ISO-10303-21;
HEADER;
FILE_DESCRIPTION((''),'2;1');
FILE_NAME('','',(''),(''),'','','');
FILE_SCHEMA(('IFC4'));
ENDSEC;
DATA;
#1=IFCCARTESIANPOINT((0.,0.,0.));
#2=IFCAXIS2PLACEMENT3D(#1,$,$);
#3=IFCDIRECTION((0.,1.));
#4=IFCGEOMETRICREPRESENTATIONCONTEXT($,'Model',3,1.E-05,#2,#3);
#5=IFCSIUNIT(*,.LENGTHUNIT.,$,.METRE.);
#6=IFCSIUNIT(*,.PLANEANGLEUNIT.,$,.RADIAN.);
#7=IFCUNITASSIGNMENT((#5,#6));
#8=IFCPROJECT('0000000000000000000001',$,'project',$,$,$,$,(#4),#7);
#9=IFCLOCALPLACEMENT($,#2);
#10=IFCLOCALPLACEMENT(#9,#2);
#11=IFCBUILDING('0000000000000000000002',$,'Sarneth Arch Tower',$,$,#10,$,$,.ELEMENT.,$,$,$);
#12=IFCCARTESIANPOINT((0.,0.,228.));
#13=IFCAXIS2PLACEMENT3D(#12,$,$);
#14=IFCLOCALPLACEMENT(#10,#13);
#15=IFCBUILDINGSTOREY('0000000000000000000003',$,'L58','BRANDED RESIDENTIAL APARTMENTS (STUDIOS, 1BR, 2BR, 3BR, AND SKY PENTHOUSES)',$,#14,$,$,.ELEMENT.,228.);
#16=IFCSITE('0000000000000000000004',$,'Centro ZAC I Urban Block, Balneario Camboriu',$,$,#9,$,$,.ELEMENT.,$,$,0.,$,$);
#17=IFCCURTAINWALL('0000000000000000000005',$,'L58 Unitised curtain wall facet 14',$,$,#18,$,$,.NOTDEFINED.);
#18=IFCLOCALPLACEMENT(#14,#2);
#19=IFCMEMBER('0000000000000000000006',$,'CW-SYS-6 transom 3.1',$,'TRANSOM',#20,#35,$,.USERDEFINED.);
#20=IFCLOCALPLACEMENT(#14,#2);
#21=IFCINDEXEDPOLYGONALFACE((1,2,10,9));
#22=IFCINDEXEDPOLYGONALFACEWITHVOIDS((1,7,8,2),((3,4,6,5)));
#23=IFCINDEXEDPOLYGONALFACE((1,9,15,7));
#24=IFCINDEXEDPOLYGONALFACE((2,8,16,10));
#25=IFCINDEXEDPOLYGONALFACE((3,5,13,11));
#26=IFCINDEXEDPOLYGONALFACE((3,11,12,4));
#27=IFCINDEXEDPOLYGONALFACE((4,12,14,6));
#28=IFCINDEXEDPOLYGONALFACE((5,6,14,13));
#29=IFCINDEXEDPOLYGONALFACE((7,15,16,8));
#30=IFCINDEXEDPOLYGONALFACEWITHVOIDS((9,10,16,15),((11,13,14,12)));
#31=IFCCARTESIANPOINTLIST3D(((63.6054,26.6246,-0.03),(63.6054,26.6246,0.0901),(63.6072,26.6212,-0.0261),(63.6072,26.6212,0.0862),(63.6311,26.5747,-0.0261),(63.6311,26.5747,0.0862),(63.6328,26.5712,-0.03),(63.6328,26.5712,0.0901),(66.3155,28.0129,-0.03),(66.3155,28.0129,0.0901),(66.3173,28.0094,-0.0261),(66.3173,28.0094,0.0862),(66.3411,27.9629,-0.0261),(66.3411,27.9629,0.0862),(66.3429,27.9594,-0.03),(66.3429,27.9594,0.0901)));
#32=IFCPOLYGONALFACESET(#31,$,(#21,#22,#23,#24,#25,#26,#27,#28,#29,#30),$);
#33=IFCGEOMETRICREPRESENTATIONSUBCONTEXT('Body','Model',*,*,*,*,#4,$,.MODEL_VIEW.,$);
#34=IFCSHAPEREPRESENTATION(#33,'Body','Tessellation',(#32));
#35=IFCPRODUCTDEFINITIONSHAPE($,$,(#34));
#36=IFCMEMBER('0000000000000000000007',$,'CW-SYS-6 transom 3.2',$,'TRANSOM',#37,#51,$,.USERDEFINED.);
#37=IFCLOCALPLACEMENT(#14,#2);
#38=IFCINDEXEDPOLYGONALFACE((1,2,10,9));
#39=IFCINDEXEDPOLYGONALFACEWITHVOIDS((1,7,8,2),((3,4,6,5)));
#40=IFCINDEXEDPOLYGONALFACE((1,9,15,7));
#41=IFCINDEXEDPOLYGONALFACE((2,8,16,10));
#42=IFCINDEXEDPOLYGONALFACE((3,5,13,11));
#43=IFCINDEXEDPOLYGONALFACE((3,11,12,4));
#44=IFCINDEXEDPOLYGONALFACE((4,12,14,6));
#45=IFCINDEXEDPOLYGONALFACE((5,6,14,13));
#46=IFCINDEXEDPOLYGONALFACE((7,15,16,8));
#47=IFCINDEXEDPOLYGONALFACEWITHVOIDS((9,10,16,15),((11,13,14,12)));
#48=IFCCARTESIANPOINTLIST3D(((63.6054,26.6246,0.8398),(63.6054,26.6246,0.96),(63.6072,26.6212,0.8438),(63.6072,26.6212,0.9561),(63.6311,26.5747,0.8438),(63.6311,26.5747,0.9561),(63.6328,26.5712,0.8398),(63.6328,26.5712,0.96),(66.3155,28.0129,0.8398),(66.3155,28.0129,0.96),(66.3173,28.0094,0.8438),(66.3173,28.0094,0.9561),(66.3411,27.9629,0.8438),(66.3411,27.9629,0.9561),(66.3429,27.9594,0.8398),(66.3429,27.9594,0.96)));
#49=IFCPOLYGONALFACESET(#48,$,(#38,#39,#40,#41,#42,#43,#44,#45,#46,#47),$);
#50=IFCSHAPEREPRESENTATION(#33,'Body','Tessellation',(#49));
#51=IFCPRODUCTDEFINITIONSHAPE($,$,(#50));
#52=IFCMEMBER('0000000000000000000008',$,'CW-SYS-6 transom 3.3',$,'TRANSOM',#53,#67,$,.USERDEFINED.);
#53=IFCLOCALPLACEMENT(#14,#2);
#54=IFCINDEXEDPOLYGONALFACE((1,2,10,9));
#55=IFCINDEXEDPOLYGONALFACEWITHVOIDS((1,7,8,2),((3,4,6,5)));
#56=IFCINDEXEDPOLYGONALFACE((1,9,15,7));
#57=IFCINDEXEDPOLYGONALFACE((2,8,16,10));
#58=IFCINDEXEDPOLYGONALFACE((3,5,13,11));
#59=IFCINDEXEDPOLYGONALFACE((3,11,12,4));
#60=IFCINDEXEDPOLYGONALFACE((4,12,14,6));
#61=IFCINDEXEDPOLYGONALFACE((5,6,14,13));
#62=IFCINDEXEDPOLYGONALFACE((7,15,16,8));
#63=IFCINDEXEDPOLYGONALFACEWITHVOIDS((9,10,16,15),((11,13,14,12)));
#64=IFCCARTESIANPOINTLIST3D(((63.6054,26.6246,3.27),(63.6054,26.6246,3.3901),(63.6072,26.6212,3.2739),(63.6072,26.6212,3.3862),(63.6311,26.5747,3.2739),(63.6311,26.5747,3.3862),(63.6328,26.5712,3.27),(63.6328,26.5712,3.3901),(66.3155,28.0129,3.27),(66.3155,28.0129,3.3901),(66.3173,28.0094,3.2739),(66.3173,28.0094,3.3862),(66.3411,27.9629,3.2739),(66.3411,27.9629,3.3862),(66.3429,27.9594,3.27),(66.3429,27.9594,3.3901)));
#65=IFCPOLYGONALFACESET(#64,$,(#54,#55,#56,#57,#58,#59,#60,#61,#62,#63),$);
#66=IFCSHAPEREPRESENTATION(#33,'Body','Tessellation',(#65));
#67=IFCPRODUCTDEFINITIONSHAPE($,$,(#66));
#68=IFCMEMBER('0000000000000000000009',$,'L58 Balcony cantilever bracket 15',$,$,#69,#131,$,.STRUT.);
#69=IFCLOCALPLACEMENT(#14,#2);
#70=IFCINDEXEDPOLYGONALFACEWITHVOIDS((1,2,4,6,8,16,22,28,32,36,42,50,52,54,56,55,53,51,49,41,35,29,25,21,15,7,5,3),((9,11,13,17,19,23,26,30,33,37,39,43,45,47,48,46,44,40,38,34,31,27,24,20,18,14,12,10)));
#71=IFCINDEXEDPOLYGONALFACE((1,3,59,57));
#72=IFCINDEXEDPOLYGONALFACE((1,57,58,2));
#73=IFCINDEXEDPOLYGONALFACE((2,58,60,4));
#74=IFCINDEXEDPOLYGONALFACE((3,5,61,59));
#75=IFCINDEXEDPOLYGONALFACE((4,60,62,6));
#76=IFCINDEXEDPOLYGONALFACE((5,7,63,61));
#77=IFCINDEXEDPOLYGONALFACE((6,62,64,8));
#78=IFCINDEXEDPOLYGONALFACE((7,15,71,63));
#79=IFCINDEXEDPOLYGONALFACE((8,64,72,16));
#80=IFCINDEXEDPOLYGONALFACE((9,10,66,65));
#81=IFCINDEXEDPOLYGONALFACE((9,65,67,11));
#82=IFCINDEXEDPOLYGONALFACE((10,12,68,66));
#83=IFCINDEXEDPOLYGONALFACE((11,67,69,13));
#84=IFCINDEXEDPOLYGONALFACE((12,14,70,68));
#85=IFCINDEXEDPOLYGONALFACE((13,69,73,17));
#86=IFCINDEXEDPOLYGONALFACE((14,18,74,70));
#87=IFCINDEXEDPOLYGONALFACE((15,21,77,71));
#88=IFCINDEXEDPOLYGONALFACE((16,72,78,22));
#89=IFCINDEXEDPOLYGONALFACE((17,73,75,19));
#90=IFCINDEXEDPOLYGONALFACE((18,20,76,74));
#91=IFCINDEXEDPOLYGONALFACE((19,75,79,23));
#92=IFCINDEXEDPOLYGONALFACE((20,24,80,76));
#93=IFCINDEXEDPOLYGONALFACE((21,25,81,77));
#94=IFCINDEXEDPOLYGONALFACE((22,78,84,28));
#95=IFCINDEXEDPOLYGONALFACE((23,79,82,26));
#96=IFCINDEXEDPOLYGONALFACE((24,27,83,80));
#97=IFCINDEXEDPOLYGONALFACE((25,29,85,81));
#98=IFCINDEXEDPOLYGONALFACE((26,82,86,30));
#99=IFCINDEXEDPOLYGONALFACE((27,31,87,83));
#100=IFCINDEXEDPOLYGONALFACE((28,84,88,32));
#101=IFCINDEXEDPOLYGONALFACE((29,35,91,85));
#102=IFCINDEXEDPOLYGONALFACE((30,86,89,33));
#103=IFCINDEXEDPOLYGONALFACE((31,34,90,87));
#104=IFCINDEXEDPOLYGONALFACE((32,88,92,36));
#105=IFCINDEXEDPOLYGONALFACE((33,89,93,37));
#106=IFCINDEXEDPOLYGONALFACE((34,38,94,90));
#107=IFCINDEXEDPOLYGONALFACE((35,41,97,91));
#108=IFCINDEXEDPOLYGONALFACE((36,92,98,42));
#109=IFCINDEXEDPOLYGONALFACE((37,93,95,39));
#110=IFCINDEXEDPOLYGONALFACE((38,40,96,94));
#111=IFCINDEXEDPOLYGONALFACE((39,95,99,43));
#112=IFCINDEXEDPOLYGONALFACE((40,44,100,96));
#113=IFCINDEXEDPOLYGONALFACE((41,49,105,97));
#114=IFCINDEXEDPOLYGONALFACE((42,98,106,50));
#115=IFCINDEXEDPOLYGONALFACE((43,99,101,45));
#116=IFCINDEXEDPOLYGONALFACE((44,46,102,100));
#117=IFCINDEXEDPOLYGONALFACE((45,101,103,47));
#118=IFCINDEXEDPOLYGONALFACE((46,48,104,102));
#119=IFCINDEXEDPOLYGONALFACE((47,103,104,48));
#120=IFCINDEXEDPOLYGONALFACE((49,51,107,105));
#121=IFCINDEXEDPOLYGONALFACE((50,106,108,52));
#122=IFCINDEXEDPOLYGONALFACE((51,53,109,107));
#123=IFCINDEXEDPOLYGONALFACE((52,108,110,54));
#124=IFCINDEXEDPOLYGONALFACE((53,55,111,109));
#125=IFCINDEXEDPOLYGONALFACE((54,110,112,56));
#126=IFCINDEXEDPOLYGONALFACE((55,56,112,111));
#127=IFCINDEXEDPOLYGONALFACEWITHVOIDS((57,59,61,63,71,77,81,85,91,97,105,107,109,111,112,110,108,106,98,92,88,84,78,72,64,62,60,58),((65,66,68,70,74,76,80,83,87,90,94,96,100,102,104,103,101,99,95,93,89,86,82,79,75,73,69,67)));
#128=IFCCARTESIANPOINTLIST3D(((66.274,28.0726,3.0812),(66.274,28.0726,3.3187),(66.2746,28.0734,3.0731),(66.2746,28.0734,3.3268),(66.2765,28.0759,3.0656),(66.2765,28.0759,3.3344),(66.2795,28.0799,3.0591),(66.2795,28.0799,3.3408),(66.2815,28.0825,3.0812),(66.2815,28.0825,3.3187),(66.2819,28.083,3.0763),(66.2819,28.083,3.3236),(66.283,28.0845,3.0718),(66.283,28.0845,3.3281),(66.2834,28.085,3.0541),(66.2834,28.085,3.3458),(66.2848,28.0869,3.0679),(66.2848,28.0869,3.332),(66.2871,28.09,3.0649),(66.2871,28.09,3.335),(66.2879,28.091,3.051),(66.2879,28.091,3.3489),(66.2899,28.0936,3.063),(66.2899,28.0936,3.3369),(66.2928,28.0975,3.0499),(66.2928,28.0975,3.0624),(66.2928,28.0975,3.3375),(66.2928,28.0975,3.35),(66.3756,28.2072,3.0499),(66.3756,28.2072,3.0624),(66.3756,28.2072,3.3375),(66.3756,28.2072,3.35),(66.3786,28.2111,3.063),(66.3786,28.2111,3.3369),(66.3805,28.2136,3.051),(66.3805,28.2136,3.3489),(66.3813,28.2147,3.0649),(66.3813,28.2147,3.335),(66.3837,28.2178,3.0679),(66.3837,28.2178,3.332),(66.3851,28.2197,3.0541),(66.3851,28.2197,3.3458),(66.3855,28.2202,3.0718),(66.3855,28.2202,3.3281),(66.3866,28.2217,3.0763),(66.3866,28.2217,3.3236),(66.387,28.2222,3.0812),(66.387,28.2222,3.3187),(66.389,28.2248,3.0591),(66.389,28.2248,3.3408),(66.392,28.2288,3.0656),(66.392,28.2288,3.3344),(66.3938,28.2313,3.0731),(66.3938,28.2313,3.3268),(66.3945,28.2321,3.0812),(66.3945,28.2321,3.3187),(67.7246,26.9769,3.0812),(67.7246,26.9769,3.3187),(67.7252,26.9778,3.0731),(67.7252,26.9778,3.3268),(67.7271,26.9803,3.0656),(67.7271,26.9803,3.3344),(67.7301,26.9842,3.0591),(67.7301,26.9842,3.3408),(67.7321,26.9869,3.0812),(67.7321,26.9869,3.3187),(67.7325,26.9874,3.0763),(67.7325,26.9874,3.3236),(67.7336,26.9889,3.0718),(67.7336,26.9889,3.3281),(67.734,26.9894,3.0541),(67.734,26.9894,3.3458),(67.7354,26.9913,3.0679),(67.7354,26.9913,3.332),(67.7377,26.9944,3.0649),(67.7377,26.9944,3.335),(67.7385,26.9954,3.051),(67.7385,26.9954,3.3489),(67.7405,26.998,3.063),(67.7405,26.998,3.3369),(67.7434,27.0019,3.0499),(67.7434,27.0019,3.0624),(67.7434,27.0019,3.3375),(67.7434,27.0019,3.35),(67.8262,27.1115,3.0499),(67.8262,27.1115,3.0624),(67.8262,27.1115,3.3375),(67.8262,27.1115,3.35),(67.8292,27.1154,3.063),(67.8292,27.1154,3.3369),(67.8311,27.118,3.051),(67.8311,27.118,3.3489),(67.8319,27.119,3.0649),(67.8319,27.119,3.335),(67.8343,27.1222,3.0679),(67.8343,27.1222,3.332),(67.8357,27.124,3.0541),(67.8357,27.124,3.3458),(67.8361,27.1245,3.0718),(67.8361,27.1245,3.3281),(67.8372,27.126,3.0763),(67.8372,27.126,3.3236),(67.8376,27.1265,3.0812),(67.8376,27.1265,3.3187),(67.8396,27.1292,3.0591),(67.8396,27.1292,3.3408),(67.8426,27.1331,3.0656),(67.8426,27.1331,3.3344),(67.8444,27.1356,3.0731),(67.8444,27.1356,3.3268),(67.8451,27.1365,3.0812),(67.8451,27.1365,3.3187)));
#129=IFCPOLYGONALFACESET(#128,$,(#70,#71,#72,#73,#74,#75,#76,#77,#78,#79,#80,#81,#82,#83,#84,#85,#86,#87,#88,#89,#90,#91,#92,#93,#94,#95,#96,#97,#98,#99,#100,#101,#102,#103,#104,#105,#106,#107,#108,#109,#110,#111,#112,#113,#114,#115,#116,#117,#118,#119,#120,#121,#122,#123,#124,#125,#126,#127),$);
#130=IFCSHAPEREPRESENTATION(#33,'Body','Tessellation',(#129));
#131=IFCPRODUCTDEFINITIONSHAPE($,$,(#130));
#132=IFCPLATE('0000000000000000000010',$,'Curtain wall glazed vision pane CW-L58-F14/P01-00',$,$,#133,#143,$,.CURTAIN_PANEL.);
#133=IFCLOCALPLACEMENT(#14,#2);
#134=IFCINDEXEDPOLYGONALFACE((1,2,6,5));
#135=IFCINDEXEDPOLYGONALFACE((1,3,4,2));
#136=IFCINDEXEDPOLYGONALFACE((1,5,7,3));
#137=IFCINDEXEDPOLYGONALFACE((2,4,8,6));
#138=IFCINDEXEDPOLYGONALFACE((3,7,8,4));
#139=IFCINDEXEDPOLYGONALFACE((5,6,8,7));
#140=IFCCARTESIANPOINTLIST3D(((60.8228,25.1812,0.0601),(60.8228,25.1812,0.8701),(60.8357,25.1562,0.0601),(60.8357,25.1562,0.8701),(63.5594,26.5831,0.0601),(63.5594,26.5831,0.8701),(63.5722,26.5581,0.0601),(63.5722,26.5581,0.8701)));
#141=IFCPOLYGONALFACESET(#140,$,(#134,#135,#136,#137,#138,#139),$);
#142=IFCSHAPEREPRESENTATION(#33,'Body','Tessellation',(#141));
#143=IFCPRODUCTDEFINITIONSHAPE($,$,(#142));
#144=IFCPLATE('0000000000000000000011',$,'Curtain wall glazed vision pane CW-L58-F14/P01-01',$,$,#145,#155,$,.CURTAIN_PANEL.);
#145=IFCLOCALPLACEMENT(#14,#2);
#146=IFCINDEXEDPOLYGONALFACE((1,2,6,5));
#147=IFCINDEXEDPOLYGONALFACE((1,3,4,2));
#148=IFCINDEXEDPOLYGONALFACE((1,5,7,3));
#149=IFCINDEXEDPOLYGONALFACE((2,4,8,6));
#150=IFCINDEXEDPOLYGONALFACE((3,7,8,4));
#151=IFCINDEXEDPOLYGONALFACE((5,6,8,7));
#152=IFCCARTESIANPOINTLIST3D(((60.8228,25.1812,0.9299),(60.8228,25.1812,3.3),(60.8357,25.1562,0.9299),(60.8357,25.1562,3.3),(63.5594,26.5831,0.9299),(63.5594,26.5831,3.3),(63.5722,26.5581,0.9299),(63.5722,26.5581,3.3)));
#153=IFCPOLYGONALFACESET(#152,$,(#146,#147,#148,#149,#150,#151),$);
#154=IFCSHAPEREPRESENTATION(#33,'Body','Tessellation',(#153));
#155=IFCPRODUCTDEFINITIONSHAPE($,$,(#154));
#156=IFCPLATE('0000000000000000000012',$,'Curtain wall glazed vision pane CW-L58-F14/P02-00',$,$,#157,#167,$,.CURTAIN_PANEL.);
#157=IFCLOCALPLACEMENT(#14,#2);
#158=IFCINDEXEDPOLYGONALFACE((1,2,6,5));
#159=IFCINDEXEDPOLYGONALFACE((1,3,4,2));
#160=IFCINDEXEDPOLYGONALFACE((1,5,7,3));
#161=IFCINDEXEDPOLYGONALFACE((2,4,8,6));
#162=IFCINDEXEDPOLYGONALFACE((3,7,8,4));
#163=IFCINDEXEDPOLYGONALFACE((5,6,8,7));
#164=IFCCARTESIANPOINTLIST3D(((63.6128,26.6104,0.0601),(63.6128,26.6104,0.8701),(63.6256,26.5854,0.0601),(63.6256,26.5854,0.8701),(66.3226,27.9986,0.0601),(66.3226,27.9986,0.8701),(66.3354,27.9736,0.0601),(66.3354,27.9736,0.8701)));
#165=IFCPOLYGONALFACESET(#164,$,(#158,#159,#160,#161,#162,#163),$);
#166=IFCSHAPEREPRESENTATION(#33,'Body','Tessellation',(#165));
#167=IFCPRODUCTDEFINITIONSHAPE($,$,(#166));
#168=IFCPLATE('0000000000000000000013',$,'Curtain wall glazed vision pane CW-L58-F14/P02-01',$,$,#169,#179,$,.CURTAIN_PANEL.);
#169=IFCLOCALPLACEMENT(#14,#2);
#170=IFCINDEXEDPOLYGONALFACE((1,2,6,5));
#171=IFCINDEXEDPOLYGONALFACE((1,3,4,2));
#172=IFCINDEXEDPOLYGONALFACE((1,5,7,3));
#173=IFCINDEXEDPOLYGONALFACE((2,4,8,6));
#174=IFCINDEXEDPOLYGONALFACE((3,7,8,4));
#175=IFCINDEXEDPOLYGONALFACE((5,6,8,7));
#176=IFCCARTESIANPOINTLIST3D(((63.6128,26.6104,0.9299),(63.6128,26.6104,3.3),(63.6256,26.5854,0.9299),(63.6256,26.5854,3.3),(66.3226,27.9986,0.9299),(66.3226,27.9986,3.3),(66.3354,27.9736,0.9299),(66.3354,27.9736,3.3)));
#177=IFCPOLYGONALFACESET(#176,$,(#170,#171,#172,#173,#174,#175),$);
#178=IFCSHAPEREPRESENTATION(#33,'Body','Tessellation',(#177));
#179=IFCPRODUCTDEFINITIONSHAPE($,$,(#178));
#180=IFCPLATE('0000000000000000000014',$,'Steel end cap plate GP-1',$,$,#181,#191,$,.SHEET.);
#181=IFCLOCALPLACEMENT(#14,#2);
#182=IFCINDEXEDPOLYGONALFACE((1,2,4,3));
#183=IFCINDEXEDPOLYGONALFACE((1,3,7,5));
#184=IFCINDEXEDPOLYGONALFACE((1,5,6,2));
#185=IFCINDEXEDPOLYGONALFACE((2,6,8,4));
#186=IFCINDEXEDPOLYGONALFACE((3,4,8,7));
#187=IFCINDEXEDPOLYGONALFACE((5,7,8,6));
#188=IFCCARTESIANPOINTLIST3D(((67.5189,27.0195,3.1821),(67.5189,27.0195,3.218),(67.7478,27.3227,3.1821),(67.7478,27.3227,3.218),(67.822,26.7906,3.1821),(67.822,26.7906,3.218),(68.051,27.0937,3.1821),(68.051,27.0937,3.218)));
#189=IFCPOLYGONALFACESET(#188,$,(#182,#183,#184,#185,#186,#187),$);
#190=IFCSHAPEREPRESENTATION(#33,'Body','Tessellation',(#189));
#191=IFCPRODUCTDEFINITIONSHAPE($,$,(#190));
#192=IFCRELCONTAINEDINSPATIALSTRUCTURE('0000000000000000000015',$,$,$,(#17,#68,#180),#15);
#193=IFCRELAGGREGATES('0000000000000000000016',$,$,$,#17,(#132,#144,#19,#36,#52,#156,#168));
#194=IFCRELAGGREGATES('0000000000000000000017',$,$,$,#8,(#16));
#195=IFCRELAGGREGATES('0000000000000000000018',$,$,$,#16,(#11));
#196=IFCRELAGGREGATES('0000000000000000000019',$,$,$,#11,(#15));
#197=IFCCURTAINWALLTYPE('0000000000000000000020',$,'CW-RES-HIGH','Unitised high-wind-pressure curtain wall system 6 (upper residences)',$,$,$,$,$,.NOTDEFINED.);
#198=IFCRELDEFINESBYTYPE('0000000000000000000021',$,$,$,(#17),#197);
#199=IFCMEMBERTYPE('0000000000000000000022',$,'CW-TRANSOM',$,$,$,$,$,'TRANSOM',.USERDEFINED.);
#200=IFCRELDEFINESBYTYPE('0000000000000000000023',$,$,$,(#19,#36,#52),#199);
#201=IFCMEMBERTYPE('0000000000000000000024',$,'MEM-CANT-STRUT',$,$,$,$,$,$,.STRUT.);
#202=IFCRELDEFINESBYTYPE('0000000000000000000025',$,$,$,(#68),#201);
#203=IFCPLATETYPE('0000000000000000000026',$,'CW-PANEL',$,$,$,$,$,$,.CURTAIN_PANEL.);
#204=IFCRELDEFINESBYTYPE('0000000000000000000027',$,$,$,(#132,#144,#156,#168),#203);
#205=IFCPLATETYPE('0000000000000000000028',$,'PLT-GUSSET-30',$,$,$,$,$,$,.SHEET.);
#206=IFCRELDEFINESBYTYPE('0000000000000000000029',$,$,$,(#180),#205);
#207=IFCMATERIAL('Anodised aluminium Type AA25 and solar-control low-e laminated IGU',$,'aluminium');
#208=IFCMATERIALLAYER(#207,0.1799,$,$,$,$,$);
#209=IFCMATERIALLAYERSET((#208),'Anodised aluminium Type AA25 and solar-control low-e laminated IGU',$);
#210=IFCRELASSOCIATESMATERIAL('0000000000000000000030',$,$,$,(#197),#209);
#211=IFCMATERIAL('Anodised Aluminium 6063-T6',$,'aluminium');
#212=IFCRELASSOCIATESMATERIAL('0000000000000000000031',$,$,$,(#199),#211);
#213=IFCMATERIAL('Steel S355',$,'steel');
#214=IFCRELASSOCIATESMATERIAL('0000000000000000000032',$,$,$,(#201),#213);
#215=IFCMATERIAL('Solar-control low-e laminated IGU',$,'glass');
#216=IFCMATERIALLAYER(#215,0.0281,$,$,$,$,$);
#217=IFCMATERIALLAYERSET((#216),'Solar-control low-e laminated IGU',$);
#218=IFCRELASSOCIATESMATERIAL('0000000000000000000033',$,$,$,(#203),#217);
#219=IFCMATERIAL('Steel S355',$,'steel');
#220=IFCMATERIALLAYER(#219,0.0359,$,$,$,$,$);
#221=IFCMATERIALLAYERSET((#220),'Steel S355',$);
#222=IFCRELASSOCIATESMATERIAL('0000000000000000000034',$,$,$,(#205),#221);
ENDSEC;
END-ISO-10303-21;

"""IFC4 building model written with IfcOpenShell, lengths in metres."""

from ifc_helpers import new_model, si_unit, direction, frame, origin, origin_2d, place, context, subcontext, project, spatial, rectangle, hollow_rectangle, extrude, material, layer, layer_set, material_profile, profile_set, type_object, element, aggregate, save


model = new_model("IFC4")

# Units and contexts
model_context = context("Model", 3, precision=1e-05, world=origin(), true_north=direction((0.0, 1.0)))
body_context = subcontext(model_context, "Body", "Model", "MODEL_VIEW")
ifc_project = project(units=[si_unit("LENGTHUNIT", "METRE"), si_unit("PLANEANGLEUNIT", "RADIAN")], contexts=[model_context])

# Site, building, storey
site_placement = place(None, origin())
site = spatial("IfcSite", under=ifc_project, at=site_placement, Name="Centro ZAC I Urban Block, Balneario Camboriu", CompositionType="ELEMENT", RefElevation=0.0)
building_placement = place(site_placement, origin())
building = spatial("IfcBuilding", under=site, at=building_placement, Name="Sarneth Arch Tower", CompositionType="ELEMENT")
storey_placement = place(building_placement, frame((0.0, 0.0, 228.0)))
storey = spatial("IfcBuildingStorey", under=building, at=storey_placement, Name="L58", Description="BRANDED RESIDENTIAL APARTMENTS (STUDIOS, 1BR, 2BR, 3BR, AND SKY PENTHOUSES)", CompositionType="ELEMENT", Elevation=228.0)

# Curtain wall, members
ifc_material_1 = material(Name="Anodised aluminium Type AA25 and solar-control low-e laminated IGU", Category="aluminium")
ifc_layer_1 = layer(ifc_material_1, 0.1799)
ifc_layer_set_1 = layer_set([ifc_layer_1], Name="Anodised aluminium Type AA25 and solar-control low-e laminated IGU")
curtain_wall_type = type_object("IfcCurtainWallType", Name="CW-RES-HIGH", Description="Unitised high-wind-pressure curtain wall system 6 (upper residences)", PredefinedType="NOTDEFINED", material=ifc_layer_set_1)
curtain_wall_placement = place(storey_placement, origin())
curtain_wall = element("IfcCurtainWall", 1, at=curtain_wall_placement, inside=storey, type_object=curtain_wall_type, Name="L58 Unitised curtain wall facet 14", PredefinedType="NOTDEFINED")
ifc_material_2 = material(Name="Anodised Aluminium 6063-T6", Category="aluminium")
ifc_material_profile_1 = material_profile(ifc_material_2, hollow_rectangle(XDim=0.0601, YDim=0.1201, WallThickness=0.0039, at=origin_2d()), Name="AL-TRAN-120x60x4")
ifc_profile_set_1 = profile_set([ifc_material_profile_1], Name="Anodised Aluminium 6063-T6")
member_type_1 = type_object("IfcMemberType", Name="CW-TRANSOM", ElementType="TRANSOM", PredefinedType="USERDEFINED", material=ifc_profile_set_1)
member_1_placement = place(storey_placement, frame((63.6191, 26.5979, 0.03), z_axis=(0.890023, 0.455916, 0.0), x_axis=(-0.455916, 0.890023, 0.0)))
member_1 = element("IfcMember", 2, at=member_1_placement, type_object=member_type_1, Name="CW-SYS-6 transom 3.1", ObjectType="TRANSOM", PredefinedType="USERDEFINED", context=body_context, shape_type="SweptSolid", body=[
    extrude(hollow_rectangle(XDim=0.0601, YDim=0.1201, WallThickness=0.0039, at=origin_2d()), origin(), (0.0, 0.0, 1.0), 3.0449),
])
member_2_placement = place(storey_placement, frame((63.6191, 26.5979, 0.8999), z_axis=(0.890023, 0.455916, 0.0), x_axis=(-0.455916, 0.890023, 0.0)))
member_2 = element("IfcMember", 3, at=member_2_placement, type_object=member_type_1, Name="CW-SYS-6 transom 3.2", ObjectType="TRANSOM", PredefinedType="USERDEFINED", context=body_context, shape_type="SweptSolid", body=[
    extrude(hollow_rectangle(XDim=0.0601, YDim=0.1201, WallThickness=0.0039, at=origin_2d()), origin(), (0.0, 0.0, 1.0), 3.0449),
])
member_3_placement = place(storey_placement, frame((63.6191, 26.5979, 3.3301), z_axis=(0.890023, 0.455916, 0.0), x_axis=(-0.455916, 0.890023, 0.0)))
member_3 = element("IfcMember", 4, at=member_3_placement, type_object=member_type_1, Name="CW-SYS-6 transom 3.3", ObjectType="TRANSOM", PredefinedType="USERDEFINED", context=body_context, shape_type="SweptSolid", body=[
    extrude(hollow_rectangle(XDim=0.0601, YDim=0.1201, WallThickness=0.0039, at=origin_2d()), origin(), (0.0, 0.0, 1.0), 3.0449),
])

# Member
ifc_material_3 = material(Name="Steel S355", Category="steel")
ifc_material_profile_2 = material_profile(ifc_material_3, hollow_rectangle(XDim=0.2, YDim=0.3, WallThickness=0.0125, InnerFilletRadius=0.0188, OuterFilletRadius=0.0312, at=origin_2d()), Name="RHS300x200x12.5")
ifc_profile_set_2 = profile_set([ifc_material_profile_2], Name="Steel S355")
member_type_2 = type_object("IfcMemberType", Name="MEM-CANT-STRUT", PredefinedType="STRUT", material=ifc_profile_set_2)
member_4_placement = place(storey_placement, frame((66.3342, 28.1523, 3.2), z_axis=(0.797965, -0.602704, 0.0), x_axis=(0.602704, 0.797965, 0.0)))
element("IfcMember", 5, at=member_4_placement, inside=storey, type_object=member_type_2, Name="L58 Balcony cantilever bracket 15", PredefinedType="STRUT", context=body_context, shape_type="SweptSolid", body=[
    extrude(hollow_rectangle(XDim=0.2, YDim=0.3, WallThickness=0.0125, InnerFilletRadius=0.0188, OuterFilletRadius=0.0312, at=origin_2d()), origin(), (0.0, 0.0, 1.0), 1.8179),
])

# Plates
ifc_material_4 = material(Name="Solar-control low-e laminated IGU", Category="glass")
ifc_layer_2 = layer(ifc_material_4, 0.0281)
ifc_layer_set_2 = layer_set([ifc_layer_2], Name="Solar-control low-e laminated IGU")
plate_type_1 = type_object("IfcPlateType", Name="CW-PANEL", PredefinedType="CURTAIN_PANEL", material=ifc_layer_set_2)
plate_1_placement = place(storey_placement, frame((62.1975, 25.8696, 0.0601), z_axis=(0.0, 0.0, 1.0), x_axis=(0.89001, 0.455942, 0.0)))
plate_1 = element("IfcPlate", 6, at=plate_1_placement, type_object=plate_type_1, Name="Curtain wall glazed vision pane CW-L58-F14/P01-00", PredefinedType="CURTAIN_PANEL", context=body_context, shape_type="SweptSolid", body=[
    extrude(rectangle(XDim=3.0747, YDim=0.0281, at=origin_2d()), origin(), (0.0, 0.0, 1.0), 0.8101),
])
plate_2_placement = place(storey_placement, frame((62.1975, 25.8696, 0.9299), z_axis=(0.0, 0.0, 1.0), x_axis=(0.89001, 0.455942, 0.0)))
plate_2 = element("IfcPlate", 7, at=plate_2_placement, type_object=plate_type_1, Name="Curtain wall glazed vision pane CW-L58-F14/P01-01", PredefinedType="CURTAIN_PANEL", context=body_context, shape_type="SweptSolid", body=[
    extrude(rectangle(XDim=3.0747, YDim=0.0281, at=origin_2d()), origin(), (0.0, 0.0, 1.0), 2.3701),
])
plate_3_placement = place(storey_placement, frame((64.9741, 27.292, 0.0601), z_axis=(0.0, 0.0, 1.0), x_axis=(0.89001, 0.455942, 0.0)))
plate_3 = element("IfcPlate", 8, at=plate_3_placement, type_object=plate_type_1, Name="Curtain wall glazed vision pane CW-L58-F14/P02-00", PredefinedType="CURTAIN_PANEL", context=body_context, shape_type="SweptSolid", body=[
    extrude(rectangle(XDim=3.0447, YDim=0.0281, at=origin_2d()), origin(), (0.0, 0.0, 1.0), 0.8101),
])
plate_4_placement = place(storey_placement, frame((64.9741, 27.292, 0.9299), z_axis=(0.0, 0.0, 1.0), x_axis=(0.89001, 0.455942, 0.0)))
plate_4 = element("IfcPlate", 9, at=plate_4_placement, type_object=plate_type_1, Name="Curtain wall glazed vision pane CW-L58-F14/P02-01", PredefinedType="CURTAIN_PANEL", context=body_context, shape_type="SweptSolid", body=[
    extrude(rectangle(XDim=3.0447, YDim=0.0281, at=origin_2d()), origin(), (0.0, 0.0, 1.0), 2.3701),
])
aggregate(curtain_wall, [plate_1, plate_2, member_1, member_2, member_3, plate_3, plate_4])

# Plate
ifc_material_5 = material(Name="Steel S355", Category="steel")
ifc_layer_3 = layer(ifc_material_5, 0.0359)
ifc_layer_set_3 = layer_set([ifc_layer_3], Name="Steel S355")
plate_type_2 = type_object("IfcPlateType", Name="PLT-GUSSET-30", PredefinedType="SHEET", material=ifc_layer_set_3)
plate_5_placement = place(storey_placement, frame((67.7849, 27.0566, 3.1821), z_axis=(0.0, 0.0, 1.0), x_axis=(0.798005, -0.602651, 0.0)))
element("IfcPlate", 10, at=plate_5_placement, inside=storey, type_object=plate_type_2, Name="Steel end cap plate GP-1", PredefinedType="SHEET", context=body_context, shape_type="SweptSolid", body=[
    extrude(rectangle(XDim=0.3799, YDim=0.3799, at=origin_2d()), origin(), (0.0, 0.0, 1.0), 0.0359),
])

save(model, "model.ifc")
